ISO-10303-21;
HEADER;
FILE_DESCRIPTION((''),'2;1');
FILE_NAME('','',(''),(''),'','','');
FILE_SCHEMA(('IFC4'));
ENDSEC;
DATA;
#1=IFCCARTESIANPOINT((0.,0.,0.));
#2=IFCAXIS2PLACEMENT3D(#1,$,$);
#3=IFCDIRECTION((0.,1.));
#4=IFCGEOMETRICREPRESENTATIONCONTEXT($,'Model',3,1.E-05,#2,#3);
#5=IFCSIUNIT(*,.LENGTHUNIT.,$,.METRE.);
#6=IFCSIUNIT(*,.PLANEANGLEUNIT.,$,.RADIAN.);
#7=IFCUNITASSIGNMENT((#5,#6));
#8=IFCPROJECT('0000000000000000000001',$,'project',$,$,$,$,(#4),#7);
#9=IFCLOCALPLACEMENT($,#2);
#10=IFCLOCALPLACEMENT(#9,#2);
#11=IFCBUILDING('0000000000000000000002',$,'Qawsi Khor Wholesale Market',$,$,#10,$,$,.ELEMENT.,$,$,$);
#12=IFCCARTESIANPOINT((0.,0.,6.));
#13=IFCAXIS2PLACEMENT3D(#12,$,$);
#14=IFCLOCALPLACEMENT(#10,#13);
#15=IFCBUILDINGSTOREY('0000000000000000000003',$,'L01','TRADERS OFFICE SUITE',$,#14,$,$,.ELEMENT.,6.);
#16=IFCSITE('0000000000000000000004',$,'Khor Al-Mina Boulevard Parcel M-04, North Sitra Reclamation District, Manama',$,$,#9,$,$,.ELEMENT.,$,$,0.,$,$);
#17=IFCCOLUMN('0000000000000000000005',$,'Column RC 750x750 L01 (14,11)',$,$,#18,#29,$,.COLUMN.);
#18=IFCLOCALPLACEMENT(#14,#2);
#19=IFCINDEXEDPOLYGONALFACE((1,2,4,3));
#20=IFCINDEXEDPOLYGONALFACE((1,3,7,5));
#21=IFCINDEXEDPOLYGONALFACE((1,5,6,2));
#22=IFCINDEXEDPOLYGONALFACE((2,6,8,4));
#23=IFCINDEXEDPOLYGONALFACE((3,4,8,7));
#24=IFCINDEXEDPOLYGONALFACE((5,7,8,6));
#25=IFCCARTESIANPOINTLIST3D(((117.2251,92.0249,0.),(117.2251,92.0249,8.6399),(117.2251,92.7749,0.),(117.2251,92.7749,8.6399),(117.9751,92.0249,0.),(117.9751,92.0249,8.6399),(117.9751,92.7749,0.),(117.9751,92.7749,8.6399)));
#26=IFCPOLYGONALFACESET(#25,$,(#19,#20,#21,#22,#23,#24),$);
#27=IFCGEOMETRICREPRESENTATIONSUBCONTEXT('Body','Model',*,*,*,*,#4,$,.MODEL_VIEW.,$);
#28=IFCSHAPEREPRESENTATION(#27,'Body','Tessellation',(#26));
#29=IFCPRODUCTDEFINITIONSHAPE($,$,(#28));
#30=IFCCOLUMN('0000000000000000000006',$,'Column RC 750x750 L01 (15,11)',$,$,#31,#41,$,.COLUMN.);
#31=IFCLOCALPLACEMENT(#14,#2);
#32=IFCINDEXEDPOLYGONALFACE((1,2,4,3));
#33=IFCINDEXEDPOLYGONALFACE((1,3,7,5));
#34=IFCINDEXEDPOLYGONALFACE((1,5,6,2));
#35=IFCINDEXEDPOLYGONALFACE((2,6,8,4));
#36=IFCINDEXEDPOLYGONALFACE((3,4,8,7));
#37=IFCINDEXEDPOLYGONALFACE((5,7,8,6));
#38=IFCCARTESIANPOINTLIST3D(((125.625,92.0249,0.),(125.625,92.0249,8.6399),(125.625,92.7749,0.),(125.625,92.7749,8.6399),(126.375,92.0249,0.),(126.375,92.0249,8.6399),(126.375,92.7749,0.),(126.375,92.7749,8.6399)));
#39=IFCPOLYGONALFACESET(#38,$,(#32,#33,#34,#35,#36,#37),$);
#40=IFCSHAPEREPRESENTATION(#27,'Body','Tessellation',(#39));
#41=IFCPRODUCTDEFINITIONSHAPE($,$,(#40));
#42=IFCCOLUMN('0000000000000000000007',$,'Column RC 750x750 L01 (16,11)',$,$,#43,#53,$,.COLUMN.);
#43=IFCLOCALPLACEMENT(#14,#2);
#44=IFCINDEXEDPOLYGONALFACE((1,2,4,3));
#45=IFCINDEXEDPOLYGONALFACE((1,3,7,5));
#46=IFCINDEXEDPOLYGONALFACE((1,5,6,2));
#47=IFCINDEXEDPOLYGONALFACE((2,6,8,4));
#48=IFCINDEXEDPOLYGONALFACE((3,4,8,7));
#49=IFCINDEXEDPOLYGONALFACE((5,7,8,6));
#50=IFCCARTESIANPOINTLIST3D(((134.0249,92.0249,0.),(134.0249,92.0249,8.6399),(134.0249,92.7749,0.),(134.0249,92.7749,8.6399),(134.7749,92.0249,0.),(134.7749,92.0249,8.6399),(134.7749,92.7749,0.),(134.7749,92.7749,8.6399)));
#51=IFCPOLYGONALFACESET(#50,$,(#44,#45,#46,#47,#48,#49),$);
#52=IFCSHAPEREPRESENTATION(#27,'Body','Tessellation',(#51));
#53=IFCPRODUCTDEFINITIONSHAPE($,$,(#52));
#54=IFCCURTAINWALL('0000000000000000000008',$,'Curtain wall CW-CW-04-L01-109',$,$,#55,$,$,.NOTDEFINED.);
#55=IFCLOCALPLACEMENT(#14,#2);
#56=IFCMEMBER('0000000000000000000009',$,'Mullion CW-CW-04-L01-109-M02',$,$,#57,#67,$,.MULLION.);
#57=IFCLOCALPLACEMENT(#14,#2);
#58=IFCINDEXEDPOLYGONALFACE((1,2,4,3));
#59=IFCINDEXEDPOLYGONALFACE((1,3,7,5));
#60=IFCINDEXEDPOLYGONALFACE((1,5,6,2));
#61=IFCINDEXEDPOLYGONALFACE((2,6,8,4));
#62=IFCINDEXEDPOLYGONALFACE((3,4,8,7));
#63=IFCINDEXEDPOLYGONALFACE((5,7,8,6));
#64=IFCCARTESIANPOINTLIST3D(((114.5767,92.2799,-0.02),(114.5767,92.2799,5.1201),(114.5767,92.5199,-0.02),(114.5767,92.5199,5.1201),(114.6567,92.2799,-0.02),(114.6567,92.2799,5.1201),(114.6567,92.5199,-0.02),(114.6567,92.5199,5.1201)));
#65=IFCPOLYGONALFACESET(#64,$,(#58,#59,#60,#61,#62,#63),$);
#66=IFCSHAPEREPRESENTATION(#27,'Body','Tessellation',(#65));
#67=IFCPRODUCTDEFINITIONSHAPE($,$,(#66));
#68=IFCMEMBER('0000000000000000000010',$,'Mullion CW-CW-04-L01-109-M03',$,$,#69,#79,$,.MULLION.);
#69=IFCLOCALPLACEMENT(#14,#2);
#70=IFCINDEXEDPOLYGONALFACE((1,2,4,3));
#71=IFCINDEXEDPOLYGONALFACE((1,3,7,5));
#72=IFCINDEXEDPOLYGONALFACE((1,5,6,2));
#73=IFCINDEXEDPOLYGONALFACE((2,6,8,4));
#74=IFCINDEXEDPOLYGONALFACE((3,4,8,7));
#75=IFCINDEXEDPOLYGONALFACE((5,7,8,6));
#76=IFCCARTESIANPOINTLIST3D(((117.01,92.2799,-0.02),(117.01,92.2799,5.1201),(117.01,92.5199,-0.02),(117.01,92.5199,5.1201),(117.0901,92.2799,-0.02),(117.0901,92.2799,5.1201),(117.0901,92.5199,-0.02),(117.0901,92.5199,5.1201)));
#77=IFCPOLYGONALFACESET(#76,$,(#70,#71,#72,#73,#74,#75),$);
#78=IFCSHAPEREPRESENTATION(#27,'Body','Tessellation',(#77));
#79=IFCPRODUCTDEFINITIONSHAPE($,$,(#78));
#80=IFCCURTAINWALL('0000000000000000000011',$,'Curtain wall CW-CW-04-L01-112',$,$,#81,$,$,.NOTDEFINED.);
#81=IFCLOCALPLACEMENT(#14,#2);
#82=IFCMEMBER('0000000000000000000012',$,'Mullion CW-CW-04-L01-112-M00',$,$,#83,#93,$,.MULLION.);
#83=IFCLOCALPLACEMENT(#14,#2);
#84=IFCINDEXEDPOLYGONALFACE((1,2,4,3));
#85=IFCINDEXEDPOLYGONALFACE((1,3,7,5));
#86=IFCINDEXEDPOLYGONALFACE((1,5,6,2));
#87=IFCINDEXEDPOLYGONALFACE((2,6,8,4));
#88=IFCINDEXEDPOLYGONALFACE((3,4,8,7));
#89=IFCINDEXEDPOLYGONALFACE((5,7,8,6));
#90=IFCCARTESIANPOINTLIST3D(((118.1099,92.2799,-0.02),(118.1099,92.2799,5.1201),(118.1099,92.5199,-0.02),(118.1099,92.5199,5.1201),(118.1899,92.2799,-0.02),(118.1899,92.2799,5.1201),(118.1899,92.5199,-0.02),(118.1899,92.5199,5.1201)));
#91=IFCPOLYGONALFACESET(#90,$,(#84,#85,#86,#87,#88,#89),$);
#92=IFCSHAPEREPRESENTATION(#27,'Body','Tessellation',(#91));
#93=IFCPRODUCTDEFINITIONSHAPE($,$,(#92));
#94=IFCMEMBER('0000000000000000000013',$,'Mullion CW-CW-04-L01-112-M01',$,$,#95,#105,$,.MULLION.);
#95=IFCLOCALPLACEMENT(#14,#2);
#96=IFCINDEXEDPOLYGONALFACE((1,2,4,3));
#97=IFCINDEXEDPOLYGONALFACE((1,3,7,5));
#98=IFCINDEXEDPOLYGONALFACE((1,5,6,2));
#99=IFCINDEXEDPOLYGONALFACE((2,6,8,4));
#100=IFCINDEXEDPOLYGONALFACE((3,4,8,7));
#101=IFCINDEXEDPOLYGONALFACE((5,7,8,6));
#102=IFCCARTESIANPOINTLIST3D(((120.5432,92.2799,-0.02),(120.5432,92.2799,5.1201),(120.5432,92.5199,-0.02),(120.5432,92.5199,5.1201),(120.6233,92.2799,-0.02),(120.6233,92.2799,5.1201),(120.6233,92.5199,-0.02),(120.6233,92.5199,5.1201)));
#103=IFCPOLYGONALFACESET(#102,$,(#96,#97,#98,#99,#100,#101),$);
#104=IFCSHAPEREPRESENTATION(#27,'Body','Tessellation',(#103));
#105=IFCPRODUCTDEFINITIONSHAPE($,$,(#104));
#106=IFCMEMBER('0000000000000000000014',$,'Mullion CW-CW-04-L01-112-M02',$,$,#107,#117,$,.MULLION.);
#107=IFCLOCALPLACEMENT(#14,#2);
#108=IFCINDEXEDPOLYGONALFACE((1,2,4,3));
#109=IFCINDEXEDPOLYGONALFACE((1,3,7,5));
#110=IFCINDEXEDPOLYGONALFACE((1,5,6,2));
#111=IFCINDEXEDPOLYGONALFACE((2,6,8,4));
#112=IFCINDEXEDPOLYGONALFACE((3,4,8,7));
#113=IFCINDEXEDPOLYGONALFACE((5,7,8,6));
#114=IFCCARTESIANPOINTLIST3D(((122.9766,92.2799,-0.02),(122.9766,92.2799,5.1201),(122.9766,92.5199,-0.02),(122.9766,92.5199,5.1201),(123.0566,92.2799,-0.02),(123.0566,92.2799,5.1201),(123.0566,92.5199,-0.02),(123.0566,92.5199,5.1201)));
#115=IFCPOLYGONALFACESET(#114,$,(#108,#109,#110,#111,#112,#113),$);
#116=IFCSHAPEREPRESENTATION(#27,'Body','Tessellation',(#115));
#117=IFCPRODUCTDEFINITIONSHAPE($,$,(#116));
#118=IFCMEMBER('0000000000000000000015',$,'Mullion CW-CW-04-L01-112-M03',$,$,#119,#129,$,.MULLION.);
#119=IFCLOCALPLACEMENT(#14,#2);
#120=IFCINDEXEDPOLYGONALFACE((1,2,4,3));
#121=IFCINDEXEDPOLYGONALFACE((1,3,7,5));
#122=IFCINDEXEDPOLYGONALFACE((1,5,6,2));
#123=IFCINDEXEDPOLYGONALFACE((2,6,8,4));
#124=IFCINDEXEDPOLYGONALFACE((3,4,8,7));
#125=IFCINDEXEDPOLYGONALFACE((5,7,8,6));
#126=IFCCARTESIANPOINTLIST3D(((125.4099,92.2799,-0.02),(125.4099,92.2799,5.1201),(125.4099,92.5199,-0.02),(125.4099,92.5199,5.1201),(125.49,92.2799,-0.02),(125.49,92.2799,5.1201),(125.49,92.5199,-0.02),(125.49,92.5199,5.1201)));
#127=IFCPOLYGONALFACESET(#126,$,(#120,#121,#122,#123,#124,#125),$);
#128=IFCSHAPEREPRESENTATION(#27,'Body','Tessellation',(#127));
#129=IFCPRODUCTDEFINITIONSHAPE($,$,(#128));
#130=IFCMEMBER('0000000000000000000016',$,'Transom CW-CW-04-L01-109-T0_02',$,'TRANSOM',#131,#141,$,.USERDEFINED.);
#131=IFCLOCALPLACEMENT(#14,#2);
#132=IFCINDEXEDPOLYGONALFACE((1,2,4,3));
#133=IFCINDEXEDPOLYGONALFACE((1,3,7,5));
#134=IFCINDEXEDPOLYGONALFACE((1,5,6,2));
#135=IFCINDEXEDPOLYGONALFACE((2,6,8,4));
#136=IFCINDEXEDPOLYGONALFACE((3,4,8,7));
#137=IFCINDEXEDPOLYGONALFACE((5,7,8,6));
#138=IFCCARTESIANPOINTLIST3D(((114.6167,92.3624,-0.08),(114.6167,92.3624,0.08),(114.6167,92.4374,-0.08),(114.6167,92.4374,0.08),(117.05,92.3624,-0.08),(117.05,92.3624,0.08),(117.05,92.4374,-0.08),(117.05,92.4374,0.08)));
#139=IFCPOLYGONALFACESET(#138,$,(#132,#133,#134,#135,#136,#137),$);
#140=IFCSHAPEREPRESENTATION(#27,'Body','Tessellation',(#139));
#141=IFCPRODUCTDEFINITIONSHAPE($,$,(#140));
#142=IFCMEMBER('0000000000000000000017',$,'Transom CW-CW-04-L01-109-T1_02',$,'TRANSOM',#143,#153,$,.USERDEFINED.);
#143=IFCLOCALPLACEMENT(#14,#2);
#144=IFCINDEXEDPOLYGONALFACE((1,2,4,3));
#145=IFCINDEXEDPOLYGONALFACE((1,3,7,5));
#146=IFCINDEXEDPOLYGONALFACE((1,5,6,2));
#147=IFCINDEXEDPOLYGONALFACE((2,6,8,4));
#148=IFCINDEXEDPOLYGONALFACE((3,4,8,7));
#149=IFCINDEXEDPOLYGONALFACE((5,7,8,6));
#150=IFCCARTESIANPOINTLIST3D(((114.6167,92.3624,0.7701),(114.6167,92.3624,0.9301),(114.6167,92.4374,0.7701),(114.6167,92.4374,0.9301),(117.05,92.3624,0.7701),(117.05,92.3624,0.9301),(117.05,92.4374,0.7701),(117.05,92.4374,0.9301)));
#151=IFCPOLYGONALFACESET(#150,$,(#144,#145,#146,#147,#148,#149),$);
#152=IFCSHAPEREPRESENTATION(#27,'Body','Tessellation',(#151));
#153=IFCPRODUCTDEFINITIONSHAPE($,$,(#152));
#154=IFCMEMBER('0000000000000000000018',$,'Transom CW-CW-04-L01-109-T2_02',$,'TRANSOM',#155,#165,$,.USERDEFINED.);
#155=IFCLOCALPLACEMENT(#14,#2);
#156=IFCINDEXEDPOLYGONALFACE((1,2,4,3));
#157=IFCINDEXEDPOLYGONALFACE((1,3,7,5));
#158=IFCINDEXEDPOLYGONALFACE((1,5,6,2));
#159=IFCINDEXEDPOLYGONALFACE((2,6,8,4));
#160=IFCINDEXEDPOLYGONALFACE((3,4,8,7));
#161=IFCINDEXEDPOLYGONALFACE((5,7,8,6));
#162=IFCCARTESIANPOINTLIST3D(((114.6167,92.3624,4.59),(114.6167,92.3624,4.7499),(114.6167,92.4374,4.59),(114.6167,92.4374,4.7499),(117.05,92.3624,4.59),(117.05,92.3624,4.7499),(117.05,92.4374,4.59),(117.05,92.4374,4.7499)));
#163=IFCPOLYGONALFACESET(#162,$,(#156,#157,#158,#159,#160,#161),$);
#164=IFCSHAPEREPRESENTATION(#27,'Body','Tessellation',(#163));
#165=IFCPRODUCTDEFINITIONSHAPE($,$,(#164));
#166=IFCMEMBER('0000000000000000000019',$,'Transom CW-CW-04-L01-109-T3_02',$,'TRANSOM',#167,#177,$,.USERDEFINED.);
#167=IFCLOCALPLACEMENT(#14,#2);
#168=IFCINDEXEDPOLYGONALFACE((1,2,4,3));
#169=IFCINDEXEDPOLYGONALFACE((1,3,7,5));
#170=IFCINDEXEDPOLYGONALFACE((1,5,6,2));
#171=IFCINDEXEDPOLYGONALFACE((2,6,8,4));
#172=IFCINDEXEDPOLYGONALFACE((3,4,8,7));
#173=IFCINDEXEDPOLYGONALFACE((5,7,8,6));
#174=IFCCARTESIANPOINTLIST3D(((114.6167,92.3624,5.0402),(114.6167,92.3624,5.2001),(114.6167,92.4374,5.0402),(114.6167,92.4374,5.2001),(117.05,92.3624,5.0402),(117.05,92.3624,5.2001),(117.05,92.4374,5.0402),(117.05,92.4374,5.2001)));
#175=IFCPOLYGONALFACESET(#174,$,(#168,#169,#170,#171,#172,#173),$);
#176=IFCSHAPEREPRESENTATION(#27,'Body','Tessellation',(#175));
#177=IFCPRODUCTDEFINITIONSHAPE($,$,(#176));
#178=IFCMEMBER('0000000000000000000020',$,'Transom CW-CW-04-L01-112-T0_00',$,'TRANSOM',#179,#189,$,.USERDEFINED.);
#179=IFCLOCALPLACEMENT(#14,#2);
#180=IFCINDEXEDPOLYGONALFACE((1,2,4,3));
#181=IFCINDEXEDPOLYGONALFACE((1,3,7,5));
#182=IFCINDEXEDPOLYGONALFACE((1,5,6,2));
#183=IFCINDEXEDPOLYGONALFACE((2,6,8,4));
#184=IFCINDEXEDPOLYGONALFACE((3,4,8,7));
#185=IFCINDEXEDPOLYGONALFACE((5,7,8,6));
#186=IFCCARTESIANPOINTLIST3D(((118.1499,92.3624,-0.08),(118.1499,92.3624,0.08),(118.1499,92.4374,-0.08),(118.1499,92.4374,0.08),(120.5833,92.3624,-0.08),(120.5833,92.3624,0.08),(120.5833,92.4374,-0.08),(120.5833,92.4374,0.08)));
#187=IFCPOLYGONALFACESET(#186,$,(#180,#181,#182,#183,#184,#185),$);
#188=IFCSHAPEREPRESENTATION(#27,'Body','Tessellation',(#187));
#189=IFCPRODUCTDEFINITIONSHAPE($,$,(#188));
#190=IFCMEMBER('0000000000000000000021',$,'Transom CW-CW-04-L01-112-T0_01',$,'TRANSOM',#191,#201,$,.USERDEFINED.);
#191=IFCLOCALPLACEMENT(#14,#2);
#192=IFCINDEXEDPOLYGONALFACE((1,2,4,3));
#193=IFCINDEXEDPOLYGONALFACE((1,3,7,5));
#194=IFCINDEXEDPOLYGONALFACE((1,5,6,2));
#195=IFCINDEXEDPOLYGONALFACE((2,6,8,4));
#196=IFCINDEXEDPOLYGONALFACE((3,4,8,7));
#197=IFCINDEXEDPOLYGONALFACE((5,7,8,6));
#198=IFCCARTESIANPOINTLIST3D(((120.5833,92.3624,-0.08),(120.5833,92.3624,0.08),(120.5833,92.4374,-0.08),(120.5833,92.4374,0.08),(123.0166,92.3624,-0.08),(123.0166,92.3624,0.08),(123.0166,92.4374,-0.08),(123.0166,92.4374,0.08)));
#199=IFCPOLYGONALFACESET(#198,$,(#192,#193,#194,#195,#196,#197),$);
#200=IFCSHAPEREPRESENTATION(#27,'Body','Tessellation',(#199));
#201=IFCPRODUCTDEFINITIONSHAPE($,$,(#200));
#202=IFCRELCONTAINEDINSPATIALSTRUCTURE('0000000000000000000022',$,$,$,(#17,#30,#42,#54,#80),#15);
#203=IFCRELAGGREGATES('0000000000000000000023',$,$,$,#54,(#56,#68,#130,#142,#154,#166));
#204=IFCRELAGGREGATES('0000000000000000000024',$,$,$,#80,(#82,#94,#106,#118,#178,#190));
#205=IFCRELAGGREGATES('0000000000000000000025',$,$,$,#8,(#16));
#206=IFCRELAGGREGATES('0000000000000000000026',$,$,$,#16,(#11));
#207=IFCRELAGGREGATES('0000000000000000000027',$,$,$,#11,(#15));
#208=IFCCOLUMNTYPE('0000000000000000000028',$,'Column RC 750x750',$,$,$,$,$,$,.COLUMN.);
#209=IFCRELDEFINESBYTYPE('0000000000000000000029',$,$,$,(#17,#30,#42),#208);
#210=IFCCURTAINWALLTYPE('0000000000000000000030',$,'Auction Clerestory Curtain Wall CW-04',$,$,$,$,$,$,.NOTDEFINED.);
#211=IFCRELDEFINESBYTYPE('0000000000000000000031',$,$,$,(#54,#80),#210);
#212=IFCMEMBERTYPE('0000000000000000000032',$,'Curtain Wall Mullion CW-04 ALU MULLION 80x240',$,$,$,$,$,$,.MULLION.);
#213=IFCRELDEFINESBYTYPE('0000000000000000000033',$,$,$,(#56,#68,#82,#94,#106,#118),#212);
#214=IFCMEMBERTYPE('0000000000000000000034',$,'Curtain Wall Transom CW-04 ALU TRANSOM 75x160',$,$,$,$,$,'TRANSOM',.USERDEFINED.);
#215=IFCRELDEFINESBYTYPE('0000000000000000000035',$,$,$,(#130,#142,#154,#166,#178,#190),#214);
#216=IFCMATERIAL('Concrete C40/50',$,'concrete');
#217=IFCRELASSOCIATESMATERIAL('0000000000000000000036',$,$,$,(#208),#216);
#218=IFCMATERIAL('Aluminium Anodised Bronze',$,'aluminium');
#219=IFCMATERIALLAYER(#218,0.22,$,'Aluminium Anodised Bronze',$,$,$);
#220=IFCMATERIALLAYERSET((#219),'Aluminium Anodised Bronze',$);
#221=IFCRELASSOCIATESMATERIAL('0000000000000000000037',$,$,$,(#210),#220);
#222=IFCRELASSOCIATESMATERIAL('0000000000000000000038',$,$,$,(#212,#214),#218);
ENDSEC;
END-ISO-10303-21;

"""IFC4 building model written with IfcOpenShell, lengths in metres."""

from ifc_helpers import new_model, si_unit, direction, frame, origin, origin_2d, place, context, subcontext, project, spatial, rectangle, extrude, material, layer, layer_set, material_profile, profile_set, type_object, element, aggregate, save


model = new_model("IFC4")

# Units and contexts
model_context = context("Model", 3, precision=1e-05, world=origin(), true_north=direction((0.0, 1.0)))
body_context = subcontext(model_context, "Body", "Model", "MODEL_VIEW")
ifc_project = project(units=[si_unit("LENGTHUNIT", "METRE"), si_unit("PLANEANGLEUNIT", "RADIAN")], contexts=[model_context])

# Site, building, storey
site_placement = place(None, origin())
site = spatial("IfcSite", under=ifc_project, at=site_placement, Name="Khor Al-Mina Boulevard Parcel M-04, North Sitra Reclamation District, Manama", CompositionType="ELEMENT", RefElevation=0.0)
building_placement = place(site_placement, origin())
building = spatial("IfcBuilding", under=site, at=building_placement, Name="Qawsi Khor Wholesale Market", CompositionType="ELEMENT")
storey_placement = place(building_placement, frame((0.0, 0.0, 6.0)))
storey = spatial("IfcBuildingStorey", under=building, at=storey_placement, Name="L01", Description="TRADERS OFFICE SUITE", CompositionType="ELEMENT", Elevation=6.0)

# Columns
ifc_material_1 = material(Name="Concrete C40/50", Category="concrete")
ifc_material_profile_1 = material_profile(ifc_material_1, rectangle(XDim=0.75, YDim=0.75, at=origin_2d()), Name="RC 750x750")
ifc_profile_set_1 = profile_set([ifc_material_profile_1], Name="Concrete C40/50")
column_type = type_object("IfcColumnType", Name="Column RC 750x750", PredefinedType="COLUMN", material=ifc_profile_set_1)
for number, where, z_axis, x_axis, name in (
    (1, (117.6001, 92.3999, 0.0), (0.0, 0.0, 1.0), (1.0, 0.0, 0.0), "Column RC 750x750 L01 (14,11)"),
    (2, (126.0, 92.3999, 0.0), (0.0, 0.0, 1.0), (1.0, 0.0, 0.0), "Column RC 750x750 L01 (15,11)"),
    (3, (134.3999, 92.3999, 0.0), (0.0, 0.0, 1.0), (1.0, 0.0, 0.0), "Column RC 750x750 L01 (16,11)"),
):
    element("IfcColumn", number, at=place(storey_placement, frame(where, z_axis=z_axis, x_axis=x_axis)), inside=storey, type_object=column_type, Name=name, PredefinedType="COLUMN", context=body_context, shape_type="SweptSolid", body=[
        extrude(rectangle(XDim=0.75, YDim=0.75, at=origin_2d()), origin(), (0.0, 0.0, 1.0), 8.6399),
    ])

# Curtain walls, members
ifc_material_2 = material(Name="Aluminium Anodised Bronze", Category="aluminium")
ifc_layer_1 = layer(ifc_material_2, 0.22, Name="Aluminium Anodised Bronze")
ifc_layer_set_1 = layer_set([ifc_layer_1], Name="Aluminium Anodised Bronze")
curtain_wall_type = type_object("IfcCurtainWallType", Name="Auction Clerestory Curtain Wall CW-04", PredefinedType="NOTDEFINED", material=ifc_layer_set_1)
curtain_wall_1_placement = place(storey_placement, origin())
curtain_wall_1 = element("IfcCurtainWall", 4, at=curtain_wall_1_placement, inside=storey, type_object=curtain_wall_type, Name="Curtain wall CW-CW-04-L01-109", PredefinedType="NOTDEFINED")
ifc_material_profile_2 = material_profile(ifc_material_2, rectangle(XDim=0.0801, YDim=0.24, at=origin_2d()), Name="ALU MULLION 80x240")
ifc_profile_set_2 = profile_set([ifc_material_profile_2], Name="Aluminium Anodised Bronze")
member_type_1 = type_object("IfcMemberType", Name="Curtain Wall Mullion CW-04 ALU MULLION 80x240", PredefinedType="MULLION", material=ifc_profile_set_2)
member_1_placement = place(storey_placement, frame((114.6167, 92.3999, -0.02), z_axis=(0.0, 0.0, 1.0), x_axis=(1.0, 0.0, 0.0)))
member_1 = element("IfcMember", 5, at=member_1_placement, type_object=member_type_1, Name="Mullion CW-CW-04-L01-109-M02", PredefinedType="MULLION", context=body_context, shape_type="SweptSolid", body=[
    extrude(rectangle(XDim=0.0801, YDim=0.24, at=origin_2d()), origin(), (0.0, 0.0, 1.0), 5.1401),
])
member_2_placement = place(storey_placement, frame((117.05, 92.3999, -0.02), z_axis=(0.0, 0.0, 1.0), x_axis=(1.0, 0.0, 0.0)))
member_2 = element("IfcMember", 6, at=member_2_placement, type_object=member_type_1, Name="Mullion CW-CW-04-L01-109-M03", PredefinedType="MULLION", context=body_context, shape_type="SweptSolid", body=[
    extrude(rectangle(XDim=0.0801, YDim=0.24, at=origin_2d()), origin(), (0.0, 0.0, 1.0), 5.1401),
])
curtain_wall_2_placement = place(storey_placement, origin())
curtain_wall_2 = element("IfcCurtainWall", 7, at=curtain_wall_2_placement, inside=storey, type_object=curtain_wall_type, Name="Curtain wall CW-CW-04-L01-112", PredefinedType="NOTDEFINED")
member_3_placement = place(storey_placement, frame((118.1499, 92.3999, -0.02), z_axis=(0.0, 0.0, 1.0), x_axis=(1.0, 0.0, 0.0)))
member_3 = element("IfcMember", 8, at=member_3_placement, type_object=member_type_1, Name="Mullion CW-CW-04-L01-112-M00", PredefinedType="MULLION", context=body_context, shape_type="SweptSolid", body=[
    extrude(rectangle(XDim=0.0801, YDim=0.24, at=origin_2d()), origin(), (0.0, 0.0, 1.0), 5.1401),
])
member_4_placement = place(storey_placement, frame((120.5833, 92.3999, -0.02), z_axis=(0.0, 0.0, 1.0), x_axis=(1.0, 0.0, 0.0)))
member_4 = element("IfcMember", 9, at=member_4_placement, type_object=member_type_1, Name="Mullion CW-CW-04-L01-112-M01", PredefinedType="MULLION", context=body_context, shape_type="SweptSolid", body=[
    extrude(rectangle(XDim=0.0801, YDim=0.24, at=origin_2d()), origin(), (0.0, 0.0, 1.0), 5.1401),
])
member_5_placement = place(storey_placement, frame((123.0166, 92.3999, -0.02), z_axis=(0.0, 0.0, 1.0), x_axis=(1.0, 0.0, 0.0)))
member_5 = element("IfcMember", 10, at=member_5_placement, type_object=member_type_1, Name="Mullion CW-CW-04-L01-112-M02", PredefinedType="MULLION", context=body_context, shape_type="SweptSolid", body=[
    extrude(rectangle(XDim=0.0801, YDim=0.24, at=origin_2d()), origin(), (0.0, 0.0, 1.0), 5.1401),
])
member_6_placement = place(storey_placement, frame((125.45, 92.3999, -0.02), z_axis=(0.0, 0.0, 1.0), x_axis=(1.0, 0.0, 0.0)))
member_6 = element("IfcMember", 11, at=member_6_placement, type_object=member_type_1, Name="Mullion CW-CW-04-L01-112-M03", PredefinedType="MULLION", context=body_context, shape_type="SweptSolid", body=[
    extrude(rectangle(XDim=0.0801, YDim=0.24, at=origin_2d()), origin(), (0.0, 0.0, 1.0), 5.1401),
])

# Members
ifc_material_profile_3 = material_profile(ifc_material_2, rectangle(XDim=0.075, YDim=0.1599, at=origin_2d()), Name="ALU TRANSOM 75x160")
ifc_profile_set_3 = profile_set([ifc_material_profile_3], Name="Aluminium Anodised Bronze")
member_type_2 = type_object("IfcMemberType", Name="Curtain Wall Transom CW-04 ALU TRANSOM 75x160", ElementType="TRANSOM", PredefinedType="USERDEFINED", material=ifc_profile_set_3)
member_7_placement = place(storey_placement, frame((114.6167, 92.3999, 0.0), z_axis=(1.0, 0.0, 0.0), x_axis=(0.0, 1.0, 0.0)))
member_7 = element("IfcMember", 12, at=member_7_placement, type_object=member_type_2, Name="Transom CW-CW-04-L01-109-T0_02", ObjectType="TRANSOM", PredefinedType="USERDEFINED", context=body_context, shape_type="SweptSolid", body=[
    extrude(rectangle(XDim=0.075, YDim=0.1599, at=origin_2d()), origin(), (0.0, 0.0, 1.0), 2.4333),
])
member_8_placement = place(storey_placement, frame((114.6167, 92.3999, 0.8501), z_axis=(1.0, 0.0, 0.0), x_axis=(0.0, 1.0, 0.0)))
member_8 = element("IfcMember", 13, at=member_8_placement, type_object=member_type_2, Name="Transom CW-CW-04-L01-109-T1_02", ObjectType="TRANSOM", PredefinedType="USERDEFINED", context=body_context, shape_type="SweptSolid", body=[
    extrude(rectangle(XDim=0.075, YDim=0.1599, at=origin_2d()), origin(), (0.0, 0.0, 1.0), 2.4333),
])
member_9_placement = place(storey_placement, frame((114.6167, 92.3999, 4.6699), z_axis=(1.0, 0.0, 0.0), x_axis=(0.0, 1.0, 0.0)))
member_9 = element("IfcMember", 14, at=member_9_placement, type_object=member_type_2, Name="Transom CW-CW-04-L01-109-T2_02", ObjectType="TRANSOM", PredefinedType="USERDEFINED", context=body_context, shape_type="SweptSolid", body=[
    extrude(rectangle(XDim=0.075, YDim=0.1599, at=origin_2d()), origin(), (0.0, 0.0, 1.0), 2.4333),
])
member_10_placement = place(storey_placement, frame((114.6167, 92.3999, 5.1201), z_axis=(1.0, 0.0, 0.0), x_axis=(0.0, 1.0, 0.0)))
member_10 = element("IfcMember", 15, at=member_10_placement, type_object=member_type_2, Name="Transom CW-CW-04-L01-109-T3_02", ObjectType="TRANSOM", PredefinedType="USERDEFINED", context=body_context, shape_type="SweptSolid", body=[
    extrude(rectangle(XDim=0.075, YDim=0.1599, at=origin_2d()), origin(), (0.0, 0.0, 1.0), 2.4333),
])
member_11_placement = place(storey_placement, frame((118.1499, 92.3999, 0.0), z_axis=(1.0, 0.0, 0.0), x_axis=(0.0, 1.0, 0.0)))
member_11 = element("IfcMember", 16, at=member_11_placement, type_object=member_type_2, Name="Transom CW-CW-04-L01-112-T0_00", ObjectType="TRANSOM", PredefinedType="USERDEFINED", context=body_context, shape_type="SweptSolid", body=[
    extrude(rectangle(XDim=0.075, YDim=0.1599, at=origin_2d()), origin(), (0.0, 0.0, 1.0), 2.4333),
])
member_12_placement = place(storey_placement, frame((120.5833, 92.3999, 0.0), z_axis=(1.0, 0.0, 0.0), x_axis=(0.0, 1.0, 0.0)))
member_12 = element("IfcMember", 17, at=member_12_placement, type_object=member_type_2, Name="Transom CW-CW-04-L01-112-T0_01", ObjectType="TRANSOM", PredefinedType="USERDEFINED", context=body_context, shape_type="SweptSolid", body=[
    extrude(rectangle(XDim=0.075, YDim=0.1599, at=origin_2d()), origin(), (0.0, 0.0, 1.0), 2.4333),
])

aggregate(curtain_wall_1, [member_1, member_2, member_7, member_8, member_9, member_10])
aggregate(curtain_wall_2, [member_3, member_4, member_5, member_6, member_11, member_12])

save(model, "model.ifc")
